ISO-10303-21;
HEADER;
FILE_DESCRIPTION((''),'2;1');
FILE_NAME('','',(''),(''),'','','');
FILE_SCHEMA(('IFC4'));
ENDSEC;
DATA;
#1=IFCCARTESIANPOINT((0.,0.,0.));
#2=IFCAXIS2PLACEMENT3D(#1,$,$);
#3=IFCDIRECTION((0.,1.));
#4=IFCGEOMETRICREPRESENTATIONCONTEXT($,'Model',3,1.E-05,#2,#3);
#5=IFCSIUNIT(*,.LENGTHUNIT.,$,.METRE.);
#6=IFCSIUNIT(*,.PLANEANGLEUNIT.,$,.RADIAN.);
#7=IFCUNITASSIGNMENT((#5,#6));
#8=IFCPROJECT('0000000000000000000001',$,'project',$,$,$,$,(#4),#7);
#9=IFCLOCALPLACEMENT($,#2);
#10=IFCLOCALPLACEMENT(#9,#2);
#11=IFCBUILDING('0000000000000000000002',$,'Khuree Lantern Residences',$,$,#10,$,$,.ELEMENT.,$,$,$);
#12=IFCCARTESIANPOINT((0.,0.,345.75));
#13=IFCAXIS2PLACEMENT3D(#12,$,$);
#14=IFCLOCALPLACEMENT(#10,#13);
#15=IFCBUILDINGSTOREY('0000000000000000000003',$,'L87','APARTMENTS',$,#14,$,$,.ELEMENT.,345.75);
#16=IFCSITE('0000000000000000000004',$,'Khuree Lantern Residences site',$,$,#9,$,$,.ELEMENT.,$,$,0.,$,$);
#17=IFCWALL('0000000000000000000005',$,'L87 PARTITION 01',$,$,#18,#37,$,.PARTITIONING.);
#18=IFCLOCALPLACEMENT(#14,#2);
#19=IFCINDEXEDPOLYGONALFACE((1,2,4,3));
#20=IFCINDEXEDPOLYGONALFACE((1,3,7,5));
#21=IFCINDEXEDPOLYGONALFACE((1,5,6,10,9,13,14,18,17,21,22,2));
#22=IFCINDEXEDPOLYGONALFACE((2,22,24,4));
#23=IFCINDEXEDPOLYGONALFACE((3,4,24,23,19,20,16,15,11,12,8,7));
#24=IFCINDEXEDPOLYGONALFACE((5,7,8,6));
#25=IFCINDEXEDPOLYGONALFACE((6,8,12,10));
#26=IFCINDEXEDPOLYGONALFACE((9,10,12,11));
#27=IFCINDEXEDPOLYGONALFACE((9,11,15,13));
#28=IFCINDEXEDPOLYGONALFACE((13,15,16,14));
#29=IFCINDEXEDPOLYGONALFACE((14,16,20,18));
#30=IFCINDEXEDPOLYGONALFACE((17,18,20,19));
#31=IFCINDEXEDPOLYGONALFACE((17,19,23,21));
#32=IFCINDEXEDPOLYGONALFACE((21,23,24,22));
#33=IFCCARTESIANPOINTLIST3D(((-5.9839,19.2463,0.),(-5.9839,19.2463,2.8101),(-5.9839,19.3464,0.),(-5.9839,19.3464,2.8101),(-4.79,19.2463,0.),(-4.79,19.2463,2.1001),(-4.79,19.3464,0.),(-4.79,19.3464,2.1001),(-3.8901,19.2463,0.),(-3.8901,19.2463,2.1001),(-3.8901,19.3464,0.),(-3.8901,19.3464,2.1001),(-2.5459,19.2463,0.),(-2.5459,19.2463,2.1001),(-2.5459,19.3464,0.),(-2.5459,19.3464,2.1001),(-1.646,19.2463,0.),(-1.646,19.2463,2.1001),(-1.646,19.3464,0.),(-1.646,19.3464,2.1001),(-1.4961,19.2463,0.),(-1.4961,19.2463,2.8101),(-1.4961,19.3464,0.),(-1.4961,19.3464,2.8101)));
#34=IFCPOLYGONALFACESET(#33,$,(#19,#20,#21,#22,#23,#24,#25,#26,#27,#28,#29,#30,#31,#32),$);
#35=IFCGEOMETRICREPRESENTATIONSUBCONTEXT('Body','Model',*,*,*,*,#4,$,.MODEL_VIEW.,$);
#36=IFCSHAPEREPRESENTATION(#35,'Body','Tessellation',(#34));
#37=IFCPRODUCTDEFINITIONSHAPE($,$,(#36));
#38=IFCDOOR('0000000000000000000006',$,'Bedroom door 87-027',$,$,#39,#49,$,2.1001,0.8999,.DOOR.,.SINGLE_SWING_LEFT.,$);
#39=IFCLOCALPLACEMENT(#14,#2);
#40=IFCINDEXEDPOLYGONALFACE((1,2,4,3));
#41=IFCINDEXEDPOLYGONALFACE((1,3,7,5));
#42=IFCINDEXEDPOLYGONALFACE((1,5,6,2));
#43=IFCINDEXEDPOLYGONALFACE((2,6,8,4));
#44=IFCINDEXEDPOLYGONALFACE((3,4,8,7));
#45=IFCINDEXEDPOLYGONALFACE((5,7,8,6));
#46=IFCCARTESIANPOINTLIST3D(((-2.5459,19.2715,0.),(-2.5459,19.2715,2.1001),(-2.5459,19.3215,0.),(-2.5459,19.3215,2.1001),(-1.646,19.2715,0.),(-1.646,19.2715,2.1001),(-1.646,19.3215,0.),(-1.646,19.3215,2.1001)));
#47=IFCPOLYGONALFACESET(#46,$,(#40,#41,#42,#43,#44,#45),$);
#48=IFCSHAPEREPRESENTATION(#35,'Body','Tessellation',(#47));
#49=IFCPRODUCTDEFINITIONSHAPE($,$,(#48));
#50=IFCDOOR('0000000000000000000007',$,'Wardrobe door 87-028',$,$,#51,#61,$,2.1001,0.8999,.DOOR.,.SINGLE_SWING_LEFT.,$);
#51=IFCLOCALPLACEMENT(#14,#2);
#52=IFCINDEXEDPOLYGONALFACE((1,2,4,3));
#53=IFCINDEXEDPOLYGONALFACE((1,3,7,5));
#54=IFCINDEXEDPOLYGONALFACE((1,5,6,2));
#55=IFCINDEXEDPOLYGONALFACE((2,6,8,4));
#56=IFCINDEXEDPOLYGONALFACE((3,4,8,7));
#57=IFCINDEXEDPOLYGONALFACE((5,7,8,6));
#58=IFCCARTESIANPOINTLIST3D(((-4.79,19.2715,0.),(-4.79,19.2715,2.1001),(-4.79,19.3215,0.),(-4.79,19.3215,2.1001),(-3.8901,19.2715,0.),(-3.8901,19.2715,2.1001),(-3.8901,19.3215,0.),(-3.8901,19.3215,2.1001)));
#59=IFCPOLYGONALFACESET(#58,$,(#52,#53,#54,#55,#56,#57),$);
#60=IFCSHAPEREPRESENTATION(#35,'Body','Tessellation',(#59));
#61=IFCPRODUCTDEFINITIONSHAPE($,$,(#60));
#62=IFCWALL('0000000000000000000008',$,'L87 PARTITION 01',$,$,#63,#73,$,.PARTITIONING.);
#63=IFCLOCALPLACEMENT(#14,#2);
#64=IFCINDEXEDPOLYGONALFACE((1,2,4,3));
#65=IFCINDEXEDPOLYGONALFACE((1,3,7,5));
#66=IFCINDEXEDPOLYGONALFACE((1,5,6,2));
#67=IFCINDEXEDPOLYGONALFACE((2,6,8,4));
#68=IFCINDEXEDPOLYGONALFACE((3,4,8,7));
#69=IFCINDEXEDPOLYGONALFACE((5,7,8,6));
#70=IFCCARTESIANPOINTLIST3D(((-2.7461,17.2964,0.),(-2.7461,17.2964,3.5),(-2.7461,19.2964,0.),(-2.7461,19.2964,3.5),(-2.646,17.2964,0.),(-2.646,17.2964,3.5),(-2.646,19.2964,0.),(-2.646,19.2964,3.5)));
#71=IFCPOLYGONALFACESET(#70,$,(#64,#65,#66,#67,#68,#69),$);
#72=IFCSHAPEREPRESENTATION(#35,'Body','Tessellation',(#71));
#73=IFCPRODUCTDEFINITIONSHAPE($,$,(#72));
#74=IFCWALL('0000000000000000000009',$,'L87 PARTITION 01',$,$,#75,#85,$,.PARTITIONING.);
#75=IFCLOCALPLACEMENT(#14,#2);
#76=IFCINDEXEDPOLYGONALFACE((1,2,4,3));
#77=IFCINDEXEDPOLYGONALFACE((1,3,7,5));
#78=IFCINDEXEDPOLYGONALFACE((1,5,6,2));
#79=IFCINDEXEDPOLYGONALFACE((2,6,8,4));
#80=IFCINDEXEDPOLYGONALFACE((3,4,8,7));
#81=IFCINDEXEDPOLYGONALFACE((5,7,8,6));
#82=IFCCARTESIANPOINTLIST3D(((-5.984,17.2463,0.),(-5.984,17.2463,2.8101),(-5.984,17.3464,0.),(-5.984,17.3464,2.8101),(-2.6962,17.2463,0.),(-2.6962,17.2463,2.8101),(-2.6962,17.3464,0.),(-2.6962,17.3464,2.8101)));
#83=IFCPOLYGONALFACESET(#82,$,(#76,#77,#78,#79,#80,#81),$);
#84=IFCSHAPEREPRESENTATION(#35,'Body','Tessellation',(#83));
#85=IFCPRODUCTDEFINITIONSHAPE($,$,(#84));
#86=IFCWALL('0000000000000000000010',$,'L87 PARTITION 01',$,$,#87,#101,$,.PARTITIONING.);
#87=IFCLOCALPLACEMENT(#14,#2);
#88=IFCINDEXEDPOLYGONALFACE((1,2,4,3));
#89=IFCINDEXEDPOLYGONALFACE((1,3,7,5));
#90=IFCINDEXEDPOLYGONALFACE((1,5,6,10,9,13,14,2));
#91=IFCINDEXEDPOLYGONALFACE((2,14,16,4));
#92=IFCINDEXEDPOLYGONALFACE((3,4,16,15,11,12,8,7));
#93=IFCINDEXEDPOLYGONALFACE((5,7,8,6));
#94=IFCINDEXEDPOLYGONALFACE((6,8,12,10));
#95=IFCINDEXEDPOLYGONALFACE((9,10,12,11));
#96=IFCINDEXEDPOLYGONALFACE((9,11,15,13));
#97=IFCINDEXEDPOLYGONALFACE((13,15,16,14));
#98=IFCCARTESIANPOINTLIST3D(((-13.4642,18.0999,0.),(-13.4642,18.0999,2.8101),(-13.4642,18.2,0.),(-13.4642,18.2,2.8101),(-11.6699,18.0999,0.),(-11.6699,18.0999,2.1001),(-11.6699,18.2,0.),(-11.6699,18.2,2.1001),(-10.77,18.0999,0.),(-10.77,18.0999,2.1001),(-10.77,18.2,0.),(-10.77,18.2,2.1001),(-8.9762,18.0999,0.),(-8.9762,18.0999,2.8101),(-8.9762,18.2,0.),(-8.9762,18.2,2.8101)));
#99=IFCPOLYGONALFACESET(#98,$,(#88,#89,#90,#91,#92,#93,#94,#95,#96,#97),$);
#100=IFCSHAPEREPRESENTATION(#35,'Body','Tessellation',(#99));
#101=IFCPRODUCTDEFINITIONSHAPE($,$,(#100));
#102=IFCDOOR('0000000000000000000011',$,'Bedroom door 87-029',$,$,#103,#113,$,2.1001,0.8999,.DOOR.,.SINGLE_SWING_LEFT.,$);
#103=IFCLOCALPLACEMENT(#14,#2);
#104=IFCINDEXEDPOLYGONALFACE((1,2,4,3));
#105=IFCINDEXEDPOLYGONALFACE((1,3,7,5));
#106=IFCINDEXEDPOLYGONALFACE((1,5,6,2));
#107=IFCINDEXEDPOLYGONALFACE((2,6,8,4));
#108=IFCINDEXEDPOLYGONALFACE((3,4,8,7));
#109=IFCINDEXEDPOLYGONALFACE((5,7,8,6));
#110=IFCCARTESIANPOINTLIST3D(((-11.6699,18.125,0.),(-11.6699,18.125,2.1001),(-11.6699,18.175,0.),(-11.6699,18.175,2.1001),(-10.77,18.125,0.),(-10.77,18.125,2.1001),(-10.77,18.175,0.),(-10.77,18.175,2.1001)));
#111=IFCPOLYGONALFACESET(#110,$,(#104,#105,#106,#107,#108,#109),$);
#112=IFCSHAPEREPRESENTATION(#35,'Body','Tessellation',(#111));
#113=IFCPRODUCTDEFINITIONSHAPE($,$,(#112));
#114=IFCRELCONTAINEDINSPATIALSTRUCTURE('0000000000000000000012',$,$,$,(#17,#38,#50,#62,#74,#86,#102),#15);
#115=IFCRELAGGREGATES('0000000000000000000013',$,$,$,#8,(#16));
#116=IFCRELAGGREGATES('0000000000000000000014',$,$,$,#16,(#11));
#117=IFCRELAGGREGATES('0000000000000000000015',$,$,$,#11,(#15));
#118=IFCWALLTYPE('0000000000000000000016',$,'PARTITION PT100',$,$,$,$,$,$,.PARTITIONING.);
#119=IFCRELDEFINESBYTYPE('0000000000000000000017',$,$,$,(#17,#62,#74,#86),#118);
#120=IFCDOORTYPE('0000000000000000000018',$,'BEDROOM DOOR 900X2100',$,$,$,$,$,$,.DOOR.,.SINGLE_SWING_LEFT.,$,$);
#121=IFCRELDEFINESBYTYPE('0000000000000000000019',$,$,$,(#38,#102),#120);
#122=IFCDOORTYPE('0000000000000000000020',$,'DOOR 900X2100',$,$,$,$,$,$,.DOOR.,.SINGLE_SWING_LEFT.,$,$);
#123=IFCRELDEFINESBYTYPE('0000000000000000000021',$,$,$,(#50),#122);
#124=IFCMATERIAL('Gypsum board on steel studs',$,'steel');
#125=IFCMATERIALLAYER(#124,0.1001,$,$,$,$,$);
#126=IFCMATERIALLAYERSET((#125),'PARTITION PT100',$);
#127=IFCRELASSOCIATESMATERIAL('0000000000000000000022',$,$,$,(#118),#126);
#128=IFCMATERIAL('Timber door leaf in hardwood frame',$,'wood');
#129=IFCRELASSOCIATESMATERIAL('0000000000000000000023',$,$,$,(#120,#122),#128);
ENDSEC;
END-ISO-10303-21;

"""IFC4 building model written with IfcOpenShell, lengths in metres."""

from ifc_helpers import new_model, si_unit, direction, frame, frame_2d, origin, place, context, subcontext, project, spatial, rectangle, extrude, material, layer, layer_set, type_object, element, fill, save


model = new_model("IFC4")

# Units and contexts
model_context = context("Model", 3, precision=1e-05, world=origin(), true_north=direction((0.0, 1.0)))
body_context = subcontext(model_context, "Body", "Model", "MODEL_VIEW")
ifc_project = project(units=[si_unit("LENGTHUNIT", "METRE"), si_unit("PLANEANGLEUNIT", "RADIAN")], contexts=[model_context])

# Site, building, storey
site_placement = place(None, origin())
site = spatial("IfcSite", under=ifc_project, at=site_placement, Name="Khuree Lantern Residences site", CompositionType="ELEMENT", RefElevation=0.0)
building_placement = place(site_placement, origin())
building = spatial("IfcBuilding", under=site, at=building_placement, Name="Khuree Lantern Residences", CompositionType="ELEMENT")
storey_placement = place(building_placement, frame((0.0, 0.0, 345.75)))
storey = spatial("IfcBuildingStorey", under=building, at=storey_placement, Name="L87", Description="APARTMENTS", CompositionType="ELEMENT", Elevation=345.75)

# Shared definitions
ifc_material_1 = material(Name="Gypsum board on steel studs", Category="steel")
ifc_layer_1 = layer(ifc_material_1, 0.1001)
ifc_layer_set_1 = layer_set([ifc_layer_1], Name="PARTITION PT100")
wall_type = type_object("IfcWallType", Name="PARTITION PT100", PredefinedType="PARTITIONING", material=ifc_layer_set_1)

# Wall, openings, doors
wall_1_placement = place(storey_placement, frame((-1.4961, 19.2964, 0.0), z_axis=(0.0, 0.0, 1.0), x_axis=(-1.0, 0.0, 0.0)))
wall_1 = element("IfcWall", 1, at=wall_1_placement, inside=storey, type_object=wall_type, Name="L87 PARTITION 01", PredefinedType="PARTITIONING", context=body_context, shape_type="SweptSolid", body=[
    extrude(rectangle(XDim=4.4878, YDim=0.1001, at=frame_2d((2.2439, 0.0))), origin(), (0.0, 0.0, 1.0), 2.8101),
])
opening_1_placement = place(wall_1_placement, frame((0.1499, 0.0, 0.0)))
opening_1 = element("IfcOpeningElement", 2, at=opening_1_placement, cuts=wall_1, PredefinedType="OPENING", context=body_context, shape_type="SweptSolid", body=[
    extrude(rectangle(XDim=0.8999, YDim=2.1001, at=frame_2d((0.45, 1.05))), frame((0.0, 0.0601, 0.0), z_axis=(0.0, -1.0, 0.0), x_axis=(1.0, 0.0, 0.0)), (0.0, 0.0, 1.0), 0.1201),
])
opening_2_placement = place(wall_1_placement, frame((2.394, 0.0, 0.0)))
opening_2 = element("IfcOpeningElement", 3, at=opening_2_placement, cuts=wall_1, PredefinedType="OPENING", context=body_context, shape_type="SweptSolid", body=[
    extrude(rectangle(XDim=0.8999, YDim=2.1001, at=frame_2d((0.45, 1.05))), frame((0.0, 0.0601, 0.0), z_axis=(0.0, -1.0, 0.0), x_axis=(1.0, 0.0, 0.0)), (0.0, 0.0, 1.0), 0.1201),
])
ifc_material_2 = material(Name="Timber door leaf in hardwood frame", Category="wood")
door_type_1 = type_object("IfcDoorType", Name="BEDROOM DOOR 900X2100", OperationType="SINGLE_SWING_LEFT", PredefinedType="DOOR", material=ifc_material_2)
door_1_placement = place(opening_1_placement, origin())
door_1 = element("IfcDoor", 4, at=door_1_placement, inside=storey, type_object=door_type_1, Name="Bedroom door 87-027", OperationType="SINGLE_SWING_LEFT", OverallHeight=2.1001, OverallWidth=0.8999, PredefinedType="DOOR", context=body_context, shape_type="SweptSolid", body=[
    extrude(rectangle(XDim=0.8999, YDim=2.1001, at=frame_2d((0.45, 1.05))), frame((0.0, 0.0249, 0.0), z_axis=(0.0, -1.0, 0.0), x_axis=(1.0, 0.0, 0.0)), (0.0, 0.0, 1.0), 0.05),
])
fill(opening_1, door_1)
door_type_2 = type_object("IfcDoorType", Name="DOOR 900X2100", OperationType="SINGLE_SWING_LEFT", PredefinedType="DOOR", material=ifc_material_2)
door_2_placement = place(opening_2_placement, origin())
door_2 = element("IfcDoor", 5, at=door_2_placement, inside=storey, type_object=door_type_2, Name="Wardrobe door 87-028", OperationType="SINGLE_SWING_LEFT", OverallHeight=2.1001, OverallWidth=0.8999, PredefinedType="DOOR", context=body_context, shape_type="SweptSolid", body=[
    extrude(rectangle(XDim=0.8999, YDim=2.1001, at=frame_2d((0.45, 1.05))), frame((0.0, 0.0249, 0.0), z_axis=(0.0, -1.0, 0.0), x_axis=(1.0, 0.0, 0.0)), (0.0, 0.0, 1.0), 0.05),
])
fill(opening_2, door_2)

# Walls
wall_2_placement = place(storey_placement, frame((-2.696, 17.2964, 0.0), z_axis=(0.0, 0.0, 1.0), x_axis=(0.0, 1.0, 0.0)))
element("IfcWall", 6, at=wall_2_placement, inside=storey, type_object=wall_type, Name="L87 PARTITION 01", PredefinedType="PARTITIONING", context=body_context, shape_type="SweptSolid", body=[
    extrude(rectangle(XDim=2.0, YDim=0.1001, at=frame_2d((1.0, 0.0))), origin(), (0.0, 0.0, 1.0), 3.5),
])
wall_3_placement = place(storey_placement, frame((-2.696, 17.2964, 0.0), z_axis=(0.0, 0.0, 1.0), x_axis=(-1.0, 0.0, 0.0)))
element("IfcWall", 7, at=wall_3_placement, inside=storey, type_object=wall_type, Name="L87 PARTITION 01", PredefinedType="PARTITIONING", context=body_context, shape_type="SweptSolid", body=[
    extrude(rectangle(XDim=3.2878, YDim=0.1001, at=frame_2d((1.644, 0.0))), origin(), (0.0, 0.0, 1.0), 2.8101),
])

# Wall, opening, door
wall_4_placement = place(storey_placement, frame((-8.9761, 18.1499, 0.0), z_axis=(0.0, 0.0, 1.0), x_axis=(-1.0, 0.0, 0.0)))
wall_4 = element("IfcWall", 8, at=wall_4_placement, inside=storey, type_object=wall_type, Name="L87 PARTITION 01", PredefinedType="PARTITIONING", context=body_context, shape_type="SweptSolid", body=[
    extrude(rectangle(XDim=4.488, YDim=0.1001, at=frame_2d((2.2441, 0.0))), origin(), (0.0, 0.0, 1.0), 2.8101),
])
opening_3_placement = place(wall_4_placement, frame((1.7939, 0.0, 0.0)))
opening_3 = element("IfcOpeningElement", 9, at=opening_3_placement, cuts=wall_4, PredefinedType="OPENING", context=body_context, shape_type="SweptSolid", body=[
    extrude(rectangle(XDim=0.8999, YDim=2.1001, at=frame_2d((0.45, 1.05))), frame((0.0, 0.0601, 0.0), z_axis=(0.0, -1.0, 0.0), x_axis=(1.0, 0.0, 0.0)), (0.0, 0.0, 1.0), 0.1201),
])
door_3_placement = place(opening_3_placement, origin())
door_3 = element("IfcDoor", 10, at=door_3_placement, inside=storey, type_object=door_type_1, Name="Bedroom door 87-029", OperationType="SINGLE_SWING_LEFT", OverallHeight=2.1001, OverallWidth=0.8999, PredefinedType="DOOR", context=body_context, shape_type="SweptSolid", body=[
    extrude(rectangle(XDim=0.8999, YDim=2.1001, at=frame_2d((0.45, 1.05))), frame((0.0, 0.0249, 0.0), z_axis=(0.0, -1.0, 0.0), x_axis=(1.0, 0.0, 0.0)), (0.0, 0.0, 1.0), 0.05),
])
fill(opening_3, door_3)

save(model, "model.ifc")
